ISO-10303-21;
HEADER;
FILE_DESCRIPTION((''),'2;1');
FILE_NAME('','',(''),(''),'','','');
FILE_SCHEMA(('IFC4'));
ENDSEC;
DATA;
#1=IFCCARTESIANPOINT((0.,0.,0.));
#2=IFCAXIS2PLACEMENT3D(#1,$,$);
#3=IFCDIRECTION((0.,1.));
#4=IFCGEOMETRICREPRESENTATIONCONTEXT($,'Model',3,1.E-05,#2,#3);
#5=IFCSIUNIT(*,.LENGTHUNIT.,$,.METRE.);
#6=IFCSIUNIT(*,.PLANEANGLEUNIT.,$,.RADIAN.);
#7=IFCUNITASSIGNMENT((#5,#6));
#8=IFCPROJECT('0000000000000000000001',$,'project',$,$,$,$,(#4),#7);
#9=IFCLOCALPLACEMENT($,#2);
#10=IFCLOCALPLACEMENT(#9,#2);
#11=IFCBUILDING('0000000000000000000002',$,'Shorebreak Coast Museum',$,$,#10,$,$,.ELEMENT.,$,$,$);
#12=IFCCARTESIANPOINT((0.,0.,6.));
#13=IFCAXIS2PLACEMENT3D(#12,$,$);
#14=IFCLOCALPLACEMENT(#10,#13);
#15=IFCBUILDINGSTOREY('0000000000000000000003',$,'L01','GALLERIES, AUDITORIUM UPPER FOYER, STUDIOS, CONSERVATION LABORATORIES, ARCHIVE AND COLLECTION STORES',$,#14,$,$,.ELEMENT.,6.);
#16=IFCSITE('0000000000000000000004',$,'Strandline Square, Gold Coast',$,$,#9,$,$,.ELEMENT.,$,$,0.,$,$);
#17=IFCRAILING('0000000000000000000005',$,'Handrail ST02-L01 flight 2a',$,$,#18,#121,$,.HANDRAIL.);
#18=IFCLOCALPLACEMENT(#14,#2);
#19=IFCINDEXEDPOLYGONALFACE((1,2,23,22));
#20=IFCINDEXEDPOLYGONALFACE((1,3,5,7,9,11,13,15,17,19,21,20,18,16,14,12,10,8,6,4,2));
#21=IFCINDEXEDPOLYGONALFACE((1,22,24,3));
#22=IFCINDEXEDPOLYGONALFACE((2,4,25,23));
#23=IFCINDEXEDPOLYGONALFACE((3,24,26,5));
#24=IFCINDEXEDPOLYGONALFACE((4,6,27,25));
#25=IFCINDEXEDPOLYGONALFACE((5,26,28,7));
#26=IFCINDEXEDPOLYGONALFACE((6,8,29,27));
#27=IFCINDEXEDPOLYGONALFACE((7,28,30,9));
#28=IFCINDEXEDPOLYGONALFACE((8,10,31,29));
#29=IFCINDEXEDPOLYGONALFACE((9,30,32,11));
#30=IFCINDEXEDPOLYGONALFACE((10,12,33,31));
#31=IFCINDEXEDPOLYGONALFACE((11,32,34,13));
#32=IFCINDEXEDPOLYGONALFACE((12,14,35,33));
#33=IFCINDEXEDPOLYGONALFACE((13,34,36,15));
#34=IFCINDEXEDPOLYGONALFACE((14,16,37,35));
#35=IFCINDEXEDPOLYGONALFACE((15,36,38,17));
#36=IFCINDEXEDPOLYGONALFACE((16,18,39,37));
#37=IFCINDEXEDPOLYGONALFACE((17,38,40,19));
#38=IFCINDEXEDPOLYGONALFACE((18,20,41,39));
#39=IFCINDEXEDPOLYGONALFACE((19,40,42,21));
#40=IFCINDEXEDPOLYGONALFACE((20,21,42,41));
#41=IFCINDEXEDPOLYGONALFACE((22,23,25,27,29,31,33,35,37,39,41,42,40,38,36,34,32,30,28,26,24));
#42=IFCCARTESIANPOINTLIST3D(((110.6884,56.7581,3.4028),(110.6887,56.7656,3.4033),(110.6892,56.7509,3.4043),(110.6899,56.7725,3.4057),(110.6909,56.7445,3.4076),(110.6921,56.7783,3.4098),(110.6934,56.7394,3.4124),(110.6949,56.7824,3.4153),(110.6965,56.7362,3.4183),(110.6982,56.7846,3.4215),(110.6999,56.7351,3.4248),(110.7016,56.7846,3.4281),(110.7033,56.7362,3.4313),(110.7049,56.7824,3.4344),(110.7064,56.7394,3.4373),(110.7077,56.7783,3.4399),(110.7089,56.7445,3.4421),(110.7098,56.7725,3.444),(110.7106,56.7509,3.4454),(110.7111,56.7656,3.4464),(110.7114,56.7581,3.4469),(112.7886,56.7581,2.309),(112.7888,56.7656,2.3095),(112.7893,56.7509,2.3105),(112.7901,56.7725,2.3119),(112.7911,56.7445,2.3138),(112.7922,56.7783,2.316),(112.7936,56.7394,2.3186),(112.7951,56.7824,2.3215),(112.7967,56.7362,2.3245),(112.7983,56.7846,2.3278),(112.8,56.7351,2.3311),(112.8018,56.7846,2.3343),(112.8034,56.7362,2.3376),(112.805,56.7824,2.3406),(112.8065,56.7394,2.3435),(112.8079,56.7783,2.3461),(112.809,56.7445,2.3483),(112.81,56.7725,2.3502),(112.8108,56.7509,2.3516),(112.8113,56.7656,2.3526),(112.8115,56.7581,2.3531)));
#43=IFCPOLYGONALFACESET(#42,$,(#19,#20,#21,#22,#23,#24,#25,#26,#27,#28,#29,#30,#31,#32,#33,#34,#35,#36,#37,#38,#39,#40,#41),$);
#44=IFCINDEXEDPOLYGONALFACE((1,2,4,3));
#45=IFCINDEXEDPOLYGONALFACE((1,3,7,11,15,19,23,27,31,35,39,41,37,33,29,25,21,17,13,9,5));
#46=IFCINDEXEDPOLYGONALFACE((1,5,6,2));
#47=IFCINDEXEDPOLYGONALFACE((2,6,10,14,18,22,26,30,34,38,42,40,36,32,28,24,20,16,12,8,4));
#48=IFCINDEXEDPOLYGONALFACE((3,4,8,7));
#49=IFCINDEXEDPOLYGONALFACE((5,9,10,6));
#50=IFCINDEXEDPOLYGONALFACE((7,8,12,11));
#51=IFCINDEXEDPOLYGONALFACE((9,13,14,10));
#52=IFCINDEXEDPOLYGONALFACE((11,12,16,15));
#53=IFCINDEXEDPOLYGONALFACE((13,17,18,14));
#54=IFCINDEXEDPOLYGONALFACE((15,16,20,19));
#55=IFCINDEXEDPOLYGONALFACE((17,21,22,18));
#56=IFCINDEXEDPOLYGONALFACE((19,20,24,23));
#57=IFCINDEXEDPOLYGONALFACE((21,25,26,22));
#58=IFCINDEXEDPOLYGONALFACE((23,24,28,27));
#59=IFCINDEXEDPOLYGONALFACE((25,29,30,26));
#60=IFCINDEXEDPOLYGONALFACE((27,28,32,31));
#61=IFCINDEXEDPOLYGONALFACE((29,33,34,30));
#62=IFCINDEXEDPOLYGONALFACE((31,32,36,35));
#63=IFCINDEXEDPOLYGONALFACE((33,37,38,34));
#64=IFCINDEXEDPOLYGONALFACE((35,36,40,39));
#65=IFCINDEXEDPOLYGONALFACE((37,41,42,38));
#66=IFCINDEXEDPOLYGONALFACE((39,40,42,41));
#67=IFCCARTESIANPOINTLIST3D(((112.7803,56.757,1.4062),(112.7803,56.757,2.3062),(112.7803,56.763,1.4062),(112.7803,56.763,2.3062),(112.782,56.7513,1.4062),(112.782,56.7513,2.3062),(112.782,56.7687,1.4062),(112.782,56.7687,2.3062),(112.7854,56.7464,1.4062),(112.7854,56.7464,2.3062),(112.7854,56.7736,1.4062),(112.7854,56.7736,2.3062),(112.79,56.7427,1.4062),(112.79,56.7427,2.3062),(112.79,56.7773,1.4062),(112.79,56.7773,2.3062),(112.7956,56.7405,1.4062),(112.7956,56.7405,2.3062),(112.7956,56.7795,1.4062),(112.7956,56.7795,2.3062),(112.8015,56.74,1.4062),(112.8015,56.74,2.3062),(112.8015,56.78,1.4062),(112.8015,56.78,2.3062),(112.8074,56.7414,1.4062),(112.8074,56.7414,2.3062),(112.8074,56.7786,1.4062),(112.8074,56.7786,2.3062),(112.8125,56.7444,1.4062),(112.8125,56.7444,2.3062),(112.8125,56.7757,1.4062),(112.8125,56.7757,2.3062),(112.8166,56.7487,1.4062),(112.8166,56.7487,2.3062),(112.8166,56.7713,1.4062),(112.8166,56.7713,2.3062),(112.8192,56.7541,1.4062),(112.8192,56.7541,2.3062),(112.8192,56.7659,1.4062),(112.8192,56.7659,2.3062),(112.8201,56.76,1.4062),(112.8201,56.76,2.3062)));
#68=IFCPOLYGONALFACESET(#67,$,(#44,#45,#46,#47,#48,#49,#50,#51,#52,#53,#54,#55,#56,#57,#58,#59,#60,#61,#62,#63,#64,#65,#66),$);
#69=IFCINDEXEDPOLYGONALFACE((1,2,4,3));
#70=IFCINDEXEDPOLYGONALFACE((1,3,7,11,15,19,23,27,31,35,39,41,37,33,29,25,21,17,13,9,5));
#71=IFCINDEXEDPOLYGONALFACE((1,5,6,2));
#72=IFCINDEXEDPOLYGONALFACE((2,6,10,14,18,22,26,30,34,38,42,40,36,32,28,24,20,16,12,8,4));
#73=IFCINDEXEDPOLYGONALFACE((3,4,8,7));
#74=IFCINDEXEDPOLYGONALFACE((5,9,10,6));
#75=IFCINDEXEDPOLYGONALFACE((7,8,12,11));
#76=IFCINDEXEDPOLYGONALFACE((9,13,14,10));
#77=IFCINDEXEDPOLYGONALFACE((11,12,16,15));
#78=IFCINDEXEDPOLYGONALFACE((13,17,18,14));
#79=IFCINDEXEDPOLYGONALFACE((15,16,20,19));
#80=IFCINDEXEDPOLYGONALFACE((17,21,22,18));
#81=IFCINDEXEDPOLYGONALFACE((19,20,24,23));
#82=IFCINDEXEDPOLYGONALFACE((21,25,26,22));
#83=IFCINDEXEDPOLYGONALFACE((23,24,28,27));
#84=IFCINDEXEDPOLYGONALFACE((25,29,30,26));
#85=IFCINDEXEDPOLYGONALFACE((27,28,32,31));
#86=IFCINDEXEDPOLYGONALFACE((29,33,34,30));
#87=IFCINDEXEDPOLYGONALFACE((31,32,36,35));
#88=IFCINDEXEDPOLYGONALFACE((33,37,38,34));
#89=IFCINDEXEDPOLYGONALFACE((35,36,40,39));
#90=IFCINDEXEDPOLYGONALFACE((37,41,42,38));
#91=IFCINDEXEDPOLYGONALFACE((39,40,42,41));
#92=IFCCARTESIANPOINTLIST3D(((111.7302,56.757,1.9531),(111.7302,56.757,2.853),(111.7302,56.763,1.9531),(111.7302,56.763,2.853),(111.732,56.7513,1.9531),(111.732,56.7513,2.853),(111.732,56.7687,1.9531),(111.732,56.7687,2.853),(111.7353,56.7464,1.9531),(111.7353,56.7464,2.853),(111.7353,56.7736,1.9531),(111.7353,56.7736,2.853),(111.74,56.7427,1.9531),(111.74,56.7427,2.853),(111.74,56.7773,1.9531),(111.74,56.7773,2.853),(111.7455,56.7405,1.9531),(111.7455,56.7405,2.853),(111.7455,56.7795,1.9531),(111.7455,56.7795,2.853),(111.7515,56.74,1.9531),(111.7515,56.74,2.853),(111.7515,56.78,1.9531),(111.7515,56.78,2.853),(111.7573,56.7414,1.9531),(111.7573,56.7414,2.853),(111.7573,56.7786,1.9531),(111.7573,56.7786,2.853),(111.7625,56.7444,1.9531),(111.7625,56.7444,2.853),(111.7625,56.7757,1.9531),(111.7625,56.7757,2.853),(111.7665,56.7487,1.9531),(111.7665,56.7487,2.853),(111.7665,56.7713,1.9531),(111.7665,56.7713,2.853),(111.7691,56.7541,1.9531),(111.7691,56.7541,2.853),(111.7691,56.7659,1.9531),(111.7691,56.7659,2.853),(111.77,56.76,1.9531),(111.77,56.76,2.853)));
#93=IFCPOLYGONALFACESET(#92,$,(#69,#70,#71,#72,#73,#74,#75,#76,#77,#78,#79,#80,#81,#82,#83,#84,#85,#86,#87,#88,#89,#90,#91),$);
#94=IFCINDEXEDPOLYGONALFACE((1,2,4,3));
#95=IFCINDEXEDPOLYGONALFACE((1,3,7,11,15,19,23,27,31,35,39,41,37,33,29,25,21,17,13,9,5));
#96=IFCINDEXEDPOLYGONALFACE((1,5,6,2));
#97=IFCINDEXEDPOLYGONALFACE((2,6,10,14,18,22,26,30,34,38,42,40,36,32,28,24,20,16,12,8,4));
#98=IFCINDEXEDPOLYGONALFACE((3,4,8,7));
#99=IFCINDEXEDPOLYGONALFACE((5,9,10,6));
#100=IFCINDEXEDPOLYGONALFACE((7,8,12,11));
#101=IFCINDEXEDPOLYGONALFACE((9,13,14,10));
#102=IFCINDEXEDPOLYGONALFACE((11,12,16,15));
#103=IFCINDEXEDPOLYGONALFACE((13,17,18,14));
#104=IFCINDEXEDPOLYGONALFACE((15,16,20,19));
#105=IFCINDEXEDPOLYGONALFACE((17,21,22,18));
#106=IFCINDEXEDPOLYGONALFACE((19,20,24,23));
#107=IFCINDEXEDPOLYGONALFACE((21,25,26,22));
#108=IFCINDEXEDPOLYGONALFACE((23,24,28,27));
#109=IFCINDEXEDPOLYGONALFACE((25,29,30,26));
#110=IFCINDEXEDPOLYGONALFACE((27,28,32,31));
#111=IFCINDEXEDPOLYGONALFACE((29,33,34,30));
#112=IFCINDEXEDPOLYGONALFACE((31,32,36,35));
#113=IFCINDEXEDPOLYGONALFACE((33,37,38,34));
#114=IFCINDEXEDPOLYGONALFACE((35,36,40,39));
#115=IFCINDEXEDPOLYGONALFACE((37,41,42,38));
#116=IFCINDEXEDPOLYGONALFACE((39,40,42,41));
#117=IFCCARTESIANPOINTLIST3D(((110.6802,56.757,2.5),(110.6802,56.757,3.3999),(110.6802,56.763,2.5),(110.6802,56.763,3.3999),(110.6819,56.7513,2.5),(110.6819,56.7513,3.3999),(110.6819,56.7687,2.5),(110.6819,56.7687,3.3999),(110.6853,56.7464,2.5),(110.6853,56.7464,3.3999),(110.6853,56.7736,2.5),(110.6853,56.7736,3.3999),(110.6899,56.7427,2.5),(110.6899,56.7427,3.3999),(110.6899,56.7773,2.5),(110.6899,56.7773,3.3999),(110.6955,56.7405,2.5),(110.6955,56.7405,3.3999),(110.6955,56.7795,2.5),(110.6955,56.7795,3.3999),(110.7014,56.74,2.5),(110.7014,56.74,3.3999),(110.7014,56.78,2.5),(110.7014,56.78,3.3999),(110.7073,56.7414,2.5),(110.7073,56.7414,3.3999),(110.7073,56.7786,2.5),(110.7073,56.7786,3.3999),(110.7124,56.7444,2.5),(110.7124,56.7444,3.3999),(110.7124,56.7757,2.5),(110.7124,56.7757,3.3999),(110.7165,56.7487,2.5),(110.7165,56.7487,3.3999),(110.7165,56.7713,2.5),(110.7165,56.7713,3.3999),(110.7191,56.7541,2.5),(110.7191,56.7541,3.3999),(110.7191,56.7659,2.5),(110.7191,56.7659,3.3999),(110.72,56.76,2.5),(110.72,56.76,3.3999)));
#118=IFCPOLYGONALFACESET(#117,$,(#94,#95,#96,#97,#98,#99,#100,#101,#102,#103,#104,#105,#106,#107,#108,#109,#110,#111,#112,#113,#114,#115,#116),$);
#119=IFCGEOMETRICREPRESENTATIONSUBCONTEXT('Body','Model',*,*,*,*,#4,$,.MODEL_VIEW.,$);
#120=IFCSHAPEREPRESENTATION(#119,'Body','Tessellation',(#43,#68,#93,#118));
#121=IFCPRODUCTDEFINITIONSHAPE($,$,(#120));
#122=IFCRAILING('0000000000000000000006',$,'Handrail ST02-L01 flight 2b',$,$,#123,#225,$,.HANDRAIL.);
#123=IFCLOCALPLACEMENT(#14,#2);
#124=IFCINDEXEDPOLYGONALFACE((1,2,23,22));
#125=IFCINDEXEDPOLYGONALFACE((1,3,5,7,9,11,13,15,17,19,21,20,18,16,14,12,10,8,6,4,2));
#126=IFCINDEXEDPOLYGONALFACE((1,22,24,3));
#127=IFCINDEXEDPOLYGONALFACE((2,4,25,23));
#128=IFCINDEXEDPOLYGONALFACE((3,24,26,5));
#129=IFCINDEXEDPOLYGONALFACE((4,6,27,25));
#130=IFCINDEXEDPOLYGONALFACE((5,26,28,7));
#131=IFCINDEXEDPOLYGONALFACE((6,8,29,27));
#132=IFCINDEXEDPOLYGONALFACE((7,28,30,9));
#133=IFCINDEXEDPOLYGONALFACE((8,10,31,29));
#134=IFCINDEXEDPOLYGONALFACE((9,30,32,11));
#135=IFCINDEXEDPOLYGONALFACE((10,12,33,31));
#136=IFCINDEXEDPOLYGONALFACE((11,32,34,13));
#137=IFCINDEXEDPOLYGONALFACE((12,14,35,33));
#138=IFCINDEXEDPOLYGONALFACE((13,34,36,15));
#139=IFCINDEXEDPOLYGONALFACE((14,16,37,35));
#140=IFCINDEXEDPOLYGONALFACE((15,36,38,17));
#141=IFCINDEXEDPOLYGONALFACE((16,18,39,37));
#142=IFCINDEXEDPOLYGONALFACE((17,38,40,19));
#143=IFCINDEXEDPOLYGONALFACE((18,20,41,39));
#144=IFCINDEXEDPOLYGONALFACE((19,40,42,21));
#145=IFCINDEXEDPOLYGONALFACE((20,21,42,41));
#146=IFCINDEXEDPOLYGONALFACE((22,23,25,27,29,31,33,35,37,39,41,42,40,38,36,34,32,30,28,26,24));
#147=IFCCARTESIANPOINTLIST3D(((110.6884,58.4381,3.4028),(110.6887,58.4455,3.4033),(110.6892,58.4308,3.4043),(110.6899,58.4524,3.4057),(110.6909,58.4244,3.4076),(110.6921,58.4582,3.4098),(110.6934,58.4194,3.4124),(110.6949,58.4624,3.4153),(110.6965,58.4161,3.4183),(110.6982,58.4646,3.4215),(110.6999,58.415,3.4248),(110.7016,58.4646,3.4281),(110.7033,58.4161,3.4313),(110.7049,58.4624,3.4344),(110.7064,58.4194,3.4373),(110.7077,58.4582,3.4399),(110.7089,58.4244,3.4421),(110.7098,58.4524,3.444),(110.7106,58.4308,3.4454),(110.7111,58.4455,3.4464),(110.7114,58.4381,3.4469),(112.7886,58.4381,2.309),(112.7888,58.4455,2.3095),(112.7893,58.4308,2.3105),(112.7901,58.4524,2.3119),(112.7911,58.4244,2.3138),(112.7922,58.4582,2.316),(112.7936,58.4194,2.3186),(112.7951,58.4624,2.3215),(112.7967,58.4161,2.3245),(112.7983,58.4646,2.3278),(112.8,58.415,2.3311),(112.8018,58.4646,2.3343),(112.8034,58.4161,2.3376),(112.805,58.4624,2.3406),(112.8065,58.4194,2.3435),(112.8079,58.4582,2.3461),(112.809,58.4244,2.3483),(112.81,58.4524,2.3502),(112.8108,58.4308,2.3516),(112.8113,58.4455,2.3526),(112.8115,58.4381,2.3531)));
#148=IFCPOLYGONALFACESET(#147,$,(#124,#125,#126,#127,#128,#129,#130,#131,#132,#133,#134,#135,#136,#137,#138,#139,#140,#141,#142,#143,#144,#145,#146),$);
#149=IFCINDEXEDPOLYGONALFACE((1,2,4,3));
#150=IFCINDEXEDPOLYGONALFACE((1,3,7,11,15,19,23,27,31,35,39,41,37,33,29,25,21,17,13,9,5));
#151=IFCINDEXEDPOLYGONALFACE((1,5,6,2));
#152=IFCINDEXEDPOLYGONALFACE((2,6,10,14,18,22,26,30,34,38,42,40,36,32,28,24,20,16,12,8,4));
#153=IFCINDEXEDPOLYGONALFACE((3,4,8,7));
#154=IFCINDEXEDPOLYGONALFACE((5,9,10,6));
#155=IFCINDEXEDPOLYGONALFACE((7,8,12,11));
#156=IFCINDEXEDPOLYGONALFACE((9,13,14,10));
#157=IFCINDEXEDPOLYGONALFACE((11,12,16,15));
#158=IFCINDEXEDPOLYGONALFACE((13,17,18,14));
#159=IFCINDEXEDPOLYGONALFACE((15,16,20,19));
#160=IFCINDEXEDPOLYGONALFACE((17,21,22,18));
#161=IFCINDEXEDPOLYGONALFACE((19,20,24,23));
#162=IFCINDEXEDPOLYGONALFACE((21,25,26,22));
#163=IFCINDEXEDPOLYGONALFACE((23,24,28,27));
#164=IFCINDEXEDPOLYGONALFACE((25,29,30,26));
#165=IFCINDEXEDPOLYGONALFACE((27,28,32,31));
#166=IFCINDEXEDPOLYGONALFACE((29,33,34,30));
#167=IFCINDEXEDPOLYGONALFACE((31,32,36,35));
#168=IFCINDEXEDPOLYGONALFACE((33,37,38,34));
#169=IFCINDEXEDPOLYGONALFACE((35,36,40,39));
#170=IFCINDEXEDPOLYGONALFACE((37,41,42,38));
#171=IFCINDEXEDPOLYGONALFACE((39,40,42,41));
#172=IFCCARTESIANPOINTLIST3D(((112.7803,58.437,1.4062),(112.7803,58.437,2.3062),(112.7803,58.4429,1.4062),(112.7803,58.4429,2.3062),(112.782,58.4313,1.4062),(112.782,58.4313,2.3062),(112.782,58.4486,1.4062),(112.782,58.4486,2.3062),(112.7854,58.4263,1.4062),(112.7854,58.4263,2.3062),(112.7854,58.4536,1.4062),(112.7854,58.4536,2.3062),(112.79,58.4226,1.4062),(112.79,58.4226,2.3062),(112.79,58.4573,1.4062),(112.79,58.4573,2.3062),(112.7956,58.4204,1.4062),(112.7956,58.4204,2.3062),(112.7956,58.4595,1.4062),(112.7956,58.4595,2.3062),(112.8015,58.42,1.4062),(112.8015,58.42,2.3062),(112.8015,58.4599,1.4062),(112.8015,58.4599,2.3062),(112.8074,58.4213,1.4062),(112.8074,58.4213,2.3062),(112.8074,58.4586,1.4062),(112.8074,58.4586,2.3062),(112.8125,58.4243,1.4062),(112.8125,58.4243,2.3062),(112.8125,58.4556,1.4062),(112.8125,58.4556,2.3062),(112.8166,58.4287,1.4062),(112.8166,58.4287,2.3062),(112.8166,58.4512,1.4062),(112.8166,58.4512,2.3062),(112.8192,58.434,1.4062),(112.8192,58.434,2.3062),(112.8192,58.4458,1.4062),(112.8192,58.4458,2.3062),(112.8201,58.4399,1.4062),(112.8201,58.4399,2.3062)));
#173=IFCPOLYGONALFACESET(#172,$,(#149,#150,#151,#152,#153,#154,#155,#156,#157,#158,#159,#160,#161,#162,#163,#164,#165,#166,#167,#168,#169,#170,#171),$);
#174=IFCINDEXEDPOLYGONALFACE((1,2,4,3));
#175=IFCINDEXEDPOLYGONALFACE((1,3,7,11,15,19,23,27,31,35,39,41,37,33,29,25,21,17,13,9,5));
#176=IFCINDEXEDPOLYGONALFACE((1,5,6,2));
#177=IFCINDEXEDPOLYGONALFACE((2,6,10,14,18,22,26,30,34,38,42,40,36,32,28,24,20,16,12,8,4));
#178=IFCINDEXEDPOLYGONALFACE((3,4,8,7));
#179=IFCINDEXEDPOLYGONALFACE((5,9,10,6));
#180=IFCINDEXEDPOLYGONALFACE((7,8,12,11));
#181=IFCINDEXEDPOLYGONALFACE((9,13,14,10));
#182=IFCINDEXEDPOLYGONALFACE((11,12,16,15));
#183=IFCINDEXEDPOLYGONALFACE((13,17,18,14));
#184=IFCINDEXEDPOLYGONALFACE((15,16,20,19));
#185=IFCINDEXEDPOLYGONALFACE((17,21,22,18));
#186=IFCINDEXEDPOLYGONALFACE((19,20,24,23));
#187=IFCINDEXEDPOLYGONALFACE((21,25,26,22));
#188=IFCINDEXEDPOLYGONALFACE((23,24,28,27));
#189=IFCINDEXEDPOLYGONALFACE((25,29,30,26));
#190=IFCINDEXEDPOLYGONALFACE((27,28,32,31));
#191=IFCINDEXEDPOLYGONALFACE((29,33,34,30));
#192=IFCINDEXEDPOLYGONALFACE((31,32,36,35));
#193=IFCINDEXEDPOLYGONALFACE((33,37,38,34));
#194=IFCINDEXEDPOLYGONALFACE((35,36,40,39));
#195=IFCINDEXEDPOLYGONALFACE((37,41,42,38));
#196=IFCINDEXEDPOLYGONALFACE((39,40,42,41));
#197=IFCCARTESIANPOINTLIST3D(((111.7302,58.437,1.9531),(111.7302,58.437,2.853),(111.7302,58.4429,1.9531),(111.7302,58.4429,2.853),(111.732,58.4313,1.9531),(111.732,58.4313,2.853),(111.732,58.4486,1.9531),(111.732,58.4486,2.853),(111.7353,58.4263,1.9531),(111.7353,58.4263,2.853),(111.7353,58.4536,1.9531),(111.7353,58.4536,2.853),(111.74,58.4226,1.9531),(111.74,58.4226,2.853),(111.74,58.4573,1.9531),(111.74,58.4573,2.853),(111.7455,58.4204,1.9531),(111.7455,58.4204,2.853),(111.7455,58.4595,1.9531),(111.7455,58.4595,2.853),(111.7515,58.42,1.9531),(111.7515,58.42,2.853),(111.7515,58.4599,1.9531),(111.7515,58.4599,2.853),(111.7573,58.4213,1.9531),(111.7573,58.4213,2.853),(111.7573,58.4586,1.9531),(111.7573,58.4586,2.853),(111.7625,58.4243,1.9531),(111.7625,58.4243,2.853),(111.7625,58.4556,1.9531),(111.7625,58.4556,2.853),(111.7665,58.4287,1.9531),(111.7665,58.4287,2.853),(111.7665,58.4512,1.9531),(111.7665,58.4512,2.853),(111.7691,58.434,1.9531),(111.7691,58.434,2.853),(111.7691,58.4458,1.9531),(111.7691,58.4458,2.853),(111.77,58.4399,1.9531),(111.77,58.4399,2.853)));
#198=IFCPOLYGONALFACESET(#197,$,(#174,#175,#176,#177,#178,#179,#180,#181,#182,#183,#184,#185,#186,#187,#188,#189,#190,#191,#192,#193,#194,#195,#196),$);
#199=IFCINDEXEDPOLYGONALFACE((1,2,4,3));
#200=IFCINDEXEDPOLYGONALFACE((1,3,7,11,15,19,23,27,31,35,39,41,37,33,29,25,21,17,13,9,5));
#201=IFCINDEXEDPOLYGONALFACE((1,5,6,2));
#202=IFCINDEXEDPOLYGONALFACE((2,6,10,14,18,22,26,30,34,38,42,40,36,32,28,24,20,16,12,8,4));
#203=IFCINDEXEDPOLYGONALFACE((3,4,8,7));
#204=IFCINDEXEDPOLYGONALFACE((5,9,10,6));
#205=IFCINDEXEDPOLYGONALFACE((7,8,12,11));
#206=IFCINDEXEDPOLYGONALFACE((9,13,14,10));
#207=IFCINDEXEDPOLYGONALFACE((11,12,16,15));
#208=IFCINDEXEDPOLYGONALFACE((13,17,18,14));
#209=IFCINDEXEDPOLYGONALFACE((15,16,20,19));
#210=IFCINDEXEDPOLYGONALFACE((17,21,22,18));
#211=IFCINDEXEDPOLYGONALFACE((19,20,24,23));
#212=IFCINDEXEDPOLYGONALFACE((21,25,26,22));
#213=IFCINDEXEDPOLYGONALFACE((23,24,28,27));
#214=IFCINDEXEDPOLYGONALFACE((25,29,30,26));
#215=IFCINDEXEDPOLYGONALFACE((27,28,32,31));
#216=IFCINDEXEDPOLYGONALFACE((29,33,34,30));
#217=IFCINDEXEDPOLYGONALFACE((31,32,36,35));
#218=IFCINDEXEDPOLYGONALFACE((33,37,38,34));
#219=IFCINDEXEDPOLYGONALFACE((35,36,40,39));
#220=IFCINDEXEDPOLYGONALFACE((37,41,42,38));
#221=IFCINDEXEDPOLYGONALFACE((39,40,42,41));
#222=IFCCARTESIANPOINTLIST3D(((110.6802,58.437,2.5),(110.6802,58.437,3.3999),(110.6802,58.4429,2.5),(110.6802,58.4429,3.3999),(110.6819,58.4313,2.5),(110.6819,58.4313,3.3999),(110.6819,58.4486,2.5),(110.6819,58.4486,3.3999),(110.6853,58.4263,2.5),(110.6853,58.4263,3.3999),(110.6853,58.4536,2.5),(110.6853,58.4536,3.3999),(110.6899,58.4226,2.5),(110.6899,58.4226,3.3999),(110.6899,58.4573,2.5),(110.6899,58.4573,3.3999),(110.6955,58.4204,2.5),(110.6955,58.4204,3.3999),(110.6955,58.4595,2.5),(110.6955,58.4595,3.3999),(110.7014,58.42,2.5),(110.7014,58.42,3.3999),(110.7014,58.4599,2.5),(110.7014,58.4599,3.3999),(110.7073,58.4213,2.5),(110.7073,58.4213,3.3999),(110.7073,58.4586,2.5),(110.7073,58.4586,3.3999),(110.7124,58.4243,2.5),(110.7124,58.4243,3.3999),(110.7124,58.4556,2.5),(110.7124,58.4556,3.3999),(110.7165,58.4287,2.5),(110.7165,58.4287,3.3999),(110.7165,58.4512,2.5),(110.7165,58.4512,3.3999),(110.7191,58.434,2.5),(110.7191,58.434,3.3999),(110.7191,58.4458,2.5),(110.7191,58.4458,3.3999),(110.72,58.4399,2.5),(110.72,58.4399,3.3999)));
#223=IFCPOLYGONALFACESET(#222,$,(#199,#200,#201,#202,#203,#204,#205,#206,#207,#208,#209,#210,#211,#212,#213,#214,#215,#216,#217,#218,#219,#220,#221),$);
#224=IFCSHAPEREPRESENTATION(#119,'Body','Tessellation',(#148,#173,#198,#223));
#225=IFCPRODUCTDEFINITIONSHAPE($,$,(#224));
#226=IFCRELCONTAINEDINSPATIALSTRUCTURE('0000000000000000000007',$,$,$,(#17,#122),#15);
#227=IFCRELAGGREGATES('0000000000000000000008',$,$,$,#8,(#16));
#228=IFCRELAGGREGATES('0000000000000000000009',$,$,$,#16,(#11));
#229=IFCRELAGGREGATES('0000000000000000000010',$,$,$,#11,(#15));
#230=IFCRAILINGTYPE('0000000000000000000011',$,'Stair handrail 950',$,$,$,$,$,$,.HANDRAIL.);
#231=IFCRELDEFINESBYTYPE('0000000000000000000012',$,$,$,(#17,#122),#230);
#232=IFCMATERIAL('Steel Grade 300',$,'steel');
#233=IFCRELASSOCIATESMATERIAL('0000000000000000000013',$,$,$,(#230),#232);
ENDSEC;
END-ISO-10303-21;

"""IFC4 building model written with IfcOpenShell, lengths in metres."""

from ifc_helpers import new_model, si_unit, direction, frame, origin, origin_2d, place, context, subcontext, project, spatial, circle, extrude, material, type_object, element, save


model = new_model("IFC4")

# Units and contexts
model_context = context("Model", 3, precision=1e-05, world=origin(), true_north=direction((0.0, 1.0)))
body_context = subcontext(model_context, "Body", "Model", "MODEL_VIEW")
ifc_project = project(units=[si_unit("LENGTHUNIT", "METRE"), si_unit("PLANEANGLEUNIT", "RADIAN")], contexts=[model_context])

# Site, building, storey
site_placement = place(None, origin())
site = spatial("IfcSite", under=ifc_project, at=site_placement, Name="Strandline Square, Gold Coast", CompositionType="ELEMENT", RefElevation=0.0)
building_placement = place(site_placement, origin())
building = spatial("IfcBuilding", under=site, at=building_placement, Name="Shorebreak Coast Museum", CompositionType="ELEMENT")
storey_placement = place(building_placement, frame((0.0, 0.0, 6.0)))
storey = spatial("IfcBuildingStorey", under=building, at=storey_placement, Name="L01", Description="GALLERIES, AUDITORIUM UPPER FOYER, STUDIOS, CONSERVATION LABORATORIES, ARCHIVE AND COLLECTION STORES", CompositionType="ELEMENT", Elevation=6.0)

# Railings
ifc_material_1 = material(Name="Steel Grade 300", Category="steel")
railing_type_1 = type_object("IfcRailingType", Name="Stair handrail 950", PredefinedType="HANDRAIL", material=ifc_material_1)
for number, where, name in (
    (1, (112.8, 56.76, 1.4062), "Handrail ST02-L01 flight 2a"),
    (2, (112.8, 58.4399, 1.4062), "Handrail ST02-L01 flight 2b"),
):
    element("IfcRailing", number, at=place(storey_placement, frame(where)), inside=storey, type_object=railing_type_1, Name=name, PredefinedType="HANDRAIL", context=body_context, shape_type="SweptSolid", body=[
        extrude(circle(Radius=0.0249, at=origin_2d()), frame((0.0, 0.0, 0.9248), z_axis=(-0.886923, 0.0, 0.461918), x_axis=(0.0, -1.0, 0.0)), (0.0, 0.0, 1.0), 2.3679),
        extrude(circle(Radius=0.02, at=origin_2d()), origin(), (0.0, 0.0, 1.0), 0.8999),
        extrude(circle(Radius=0.02, at=origin_2d()), frame((-1.05, 0.0, 0.5469)), (0.0, 0.0, 1.0), 0.8999),
        extrude(circle(Radius=0.02, at=origin_2d()), frame((-2.1001, 0.0, 1.0938)), (0.0, 0.0, 1.0), 0.8999),
    ])

save(model, "model.ifc")
